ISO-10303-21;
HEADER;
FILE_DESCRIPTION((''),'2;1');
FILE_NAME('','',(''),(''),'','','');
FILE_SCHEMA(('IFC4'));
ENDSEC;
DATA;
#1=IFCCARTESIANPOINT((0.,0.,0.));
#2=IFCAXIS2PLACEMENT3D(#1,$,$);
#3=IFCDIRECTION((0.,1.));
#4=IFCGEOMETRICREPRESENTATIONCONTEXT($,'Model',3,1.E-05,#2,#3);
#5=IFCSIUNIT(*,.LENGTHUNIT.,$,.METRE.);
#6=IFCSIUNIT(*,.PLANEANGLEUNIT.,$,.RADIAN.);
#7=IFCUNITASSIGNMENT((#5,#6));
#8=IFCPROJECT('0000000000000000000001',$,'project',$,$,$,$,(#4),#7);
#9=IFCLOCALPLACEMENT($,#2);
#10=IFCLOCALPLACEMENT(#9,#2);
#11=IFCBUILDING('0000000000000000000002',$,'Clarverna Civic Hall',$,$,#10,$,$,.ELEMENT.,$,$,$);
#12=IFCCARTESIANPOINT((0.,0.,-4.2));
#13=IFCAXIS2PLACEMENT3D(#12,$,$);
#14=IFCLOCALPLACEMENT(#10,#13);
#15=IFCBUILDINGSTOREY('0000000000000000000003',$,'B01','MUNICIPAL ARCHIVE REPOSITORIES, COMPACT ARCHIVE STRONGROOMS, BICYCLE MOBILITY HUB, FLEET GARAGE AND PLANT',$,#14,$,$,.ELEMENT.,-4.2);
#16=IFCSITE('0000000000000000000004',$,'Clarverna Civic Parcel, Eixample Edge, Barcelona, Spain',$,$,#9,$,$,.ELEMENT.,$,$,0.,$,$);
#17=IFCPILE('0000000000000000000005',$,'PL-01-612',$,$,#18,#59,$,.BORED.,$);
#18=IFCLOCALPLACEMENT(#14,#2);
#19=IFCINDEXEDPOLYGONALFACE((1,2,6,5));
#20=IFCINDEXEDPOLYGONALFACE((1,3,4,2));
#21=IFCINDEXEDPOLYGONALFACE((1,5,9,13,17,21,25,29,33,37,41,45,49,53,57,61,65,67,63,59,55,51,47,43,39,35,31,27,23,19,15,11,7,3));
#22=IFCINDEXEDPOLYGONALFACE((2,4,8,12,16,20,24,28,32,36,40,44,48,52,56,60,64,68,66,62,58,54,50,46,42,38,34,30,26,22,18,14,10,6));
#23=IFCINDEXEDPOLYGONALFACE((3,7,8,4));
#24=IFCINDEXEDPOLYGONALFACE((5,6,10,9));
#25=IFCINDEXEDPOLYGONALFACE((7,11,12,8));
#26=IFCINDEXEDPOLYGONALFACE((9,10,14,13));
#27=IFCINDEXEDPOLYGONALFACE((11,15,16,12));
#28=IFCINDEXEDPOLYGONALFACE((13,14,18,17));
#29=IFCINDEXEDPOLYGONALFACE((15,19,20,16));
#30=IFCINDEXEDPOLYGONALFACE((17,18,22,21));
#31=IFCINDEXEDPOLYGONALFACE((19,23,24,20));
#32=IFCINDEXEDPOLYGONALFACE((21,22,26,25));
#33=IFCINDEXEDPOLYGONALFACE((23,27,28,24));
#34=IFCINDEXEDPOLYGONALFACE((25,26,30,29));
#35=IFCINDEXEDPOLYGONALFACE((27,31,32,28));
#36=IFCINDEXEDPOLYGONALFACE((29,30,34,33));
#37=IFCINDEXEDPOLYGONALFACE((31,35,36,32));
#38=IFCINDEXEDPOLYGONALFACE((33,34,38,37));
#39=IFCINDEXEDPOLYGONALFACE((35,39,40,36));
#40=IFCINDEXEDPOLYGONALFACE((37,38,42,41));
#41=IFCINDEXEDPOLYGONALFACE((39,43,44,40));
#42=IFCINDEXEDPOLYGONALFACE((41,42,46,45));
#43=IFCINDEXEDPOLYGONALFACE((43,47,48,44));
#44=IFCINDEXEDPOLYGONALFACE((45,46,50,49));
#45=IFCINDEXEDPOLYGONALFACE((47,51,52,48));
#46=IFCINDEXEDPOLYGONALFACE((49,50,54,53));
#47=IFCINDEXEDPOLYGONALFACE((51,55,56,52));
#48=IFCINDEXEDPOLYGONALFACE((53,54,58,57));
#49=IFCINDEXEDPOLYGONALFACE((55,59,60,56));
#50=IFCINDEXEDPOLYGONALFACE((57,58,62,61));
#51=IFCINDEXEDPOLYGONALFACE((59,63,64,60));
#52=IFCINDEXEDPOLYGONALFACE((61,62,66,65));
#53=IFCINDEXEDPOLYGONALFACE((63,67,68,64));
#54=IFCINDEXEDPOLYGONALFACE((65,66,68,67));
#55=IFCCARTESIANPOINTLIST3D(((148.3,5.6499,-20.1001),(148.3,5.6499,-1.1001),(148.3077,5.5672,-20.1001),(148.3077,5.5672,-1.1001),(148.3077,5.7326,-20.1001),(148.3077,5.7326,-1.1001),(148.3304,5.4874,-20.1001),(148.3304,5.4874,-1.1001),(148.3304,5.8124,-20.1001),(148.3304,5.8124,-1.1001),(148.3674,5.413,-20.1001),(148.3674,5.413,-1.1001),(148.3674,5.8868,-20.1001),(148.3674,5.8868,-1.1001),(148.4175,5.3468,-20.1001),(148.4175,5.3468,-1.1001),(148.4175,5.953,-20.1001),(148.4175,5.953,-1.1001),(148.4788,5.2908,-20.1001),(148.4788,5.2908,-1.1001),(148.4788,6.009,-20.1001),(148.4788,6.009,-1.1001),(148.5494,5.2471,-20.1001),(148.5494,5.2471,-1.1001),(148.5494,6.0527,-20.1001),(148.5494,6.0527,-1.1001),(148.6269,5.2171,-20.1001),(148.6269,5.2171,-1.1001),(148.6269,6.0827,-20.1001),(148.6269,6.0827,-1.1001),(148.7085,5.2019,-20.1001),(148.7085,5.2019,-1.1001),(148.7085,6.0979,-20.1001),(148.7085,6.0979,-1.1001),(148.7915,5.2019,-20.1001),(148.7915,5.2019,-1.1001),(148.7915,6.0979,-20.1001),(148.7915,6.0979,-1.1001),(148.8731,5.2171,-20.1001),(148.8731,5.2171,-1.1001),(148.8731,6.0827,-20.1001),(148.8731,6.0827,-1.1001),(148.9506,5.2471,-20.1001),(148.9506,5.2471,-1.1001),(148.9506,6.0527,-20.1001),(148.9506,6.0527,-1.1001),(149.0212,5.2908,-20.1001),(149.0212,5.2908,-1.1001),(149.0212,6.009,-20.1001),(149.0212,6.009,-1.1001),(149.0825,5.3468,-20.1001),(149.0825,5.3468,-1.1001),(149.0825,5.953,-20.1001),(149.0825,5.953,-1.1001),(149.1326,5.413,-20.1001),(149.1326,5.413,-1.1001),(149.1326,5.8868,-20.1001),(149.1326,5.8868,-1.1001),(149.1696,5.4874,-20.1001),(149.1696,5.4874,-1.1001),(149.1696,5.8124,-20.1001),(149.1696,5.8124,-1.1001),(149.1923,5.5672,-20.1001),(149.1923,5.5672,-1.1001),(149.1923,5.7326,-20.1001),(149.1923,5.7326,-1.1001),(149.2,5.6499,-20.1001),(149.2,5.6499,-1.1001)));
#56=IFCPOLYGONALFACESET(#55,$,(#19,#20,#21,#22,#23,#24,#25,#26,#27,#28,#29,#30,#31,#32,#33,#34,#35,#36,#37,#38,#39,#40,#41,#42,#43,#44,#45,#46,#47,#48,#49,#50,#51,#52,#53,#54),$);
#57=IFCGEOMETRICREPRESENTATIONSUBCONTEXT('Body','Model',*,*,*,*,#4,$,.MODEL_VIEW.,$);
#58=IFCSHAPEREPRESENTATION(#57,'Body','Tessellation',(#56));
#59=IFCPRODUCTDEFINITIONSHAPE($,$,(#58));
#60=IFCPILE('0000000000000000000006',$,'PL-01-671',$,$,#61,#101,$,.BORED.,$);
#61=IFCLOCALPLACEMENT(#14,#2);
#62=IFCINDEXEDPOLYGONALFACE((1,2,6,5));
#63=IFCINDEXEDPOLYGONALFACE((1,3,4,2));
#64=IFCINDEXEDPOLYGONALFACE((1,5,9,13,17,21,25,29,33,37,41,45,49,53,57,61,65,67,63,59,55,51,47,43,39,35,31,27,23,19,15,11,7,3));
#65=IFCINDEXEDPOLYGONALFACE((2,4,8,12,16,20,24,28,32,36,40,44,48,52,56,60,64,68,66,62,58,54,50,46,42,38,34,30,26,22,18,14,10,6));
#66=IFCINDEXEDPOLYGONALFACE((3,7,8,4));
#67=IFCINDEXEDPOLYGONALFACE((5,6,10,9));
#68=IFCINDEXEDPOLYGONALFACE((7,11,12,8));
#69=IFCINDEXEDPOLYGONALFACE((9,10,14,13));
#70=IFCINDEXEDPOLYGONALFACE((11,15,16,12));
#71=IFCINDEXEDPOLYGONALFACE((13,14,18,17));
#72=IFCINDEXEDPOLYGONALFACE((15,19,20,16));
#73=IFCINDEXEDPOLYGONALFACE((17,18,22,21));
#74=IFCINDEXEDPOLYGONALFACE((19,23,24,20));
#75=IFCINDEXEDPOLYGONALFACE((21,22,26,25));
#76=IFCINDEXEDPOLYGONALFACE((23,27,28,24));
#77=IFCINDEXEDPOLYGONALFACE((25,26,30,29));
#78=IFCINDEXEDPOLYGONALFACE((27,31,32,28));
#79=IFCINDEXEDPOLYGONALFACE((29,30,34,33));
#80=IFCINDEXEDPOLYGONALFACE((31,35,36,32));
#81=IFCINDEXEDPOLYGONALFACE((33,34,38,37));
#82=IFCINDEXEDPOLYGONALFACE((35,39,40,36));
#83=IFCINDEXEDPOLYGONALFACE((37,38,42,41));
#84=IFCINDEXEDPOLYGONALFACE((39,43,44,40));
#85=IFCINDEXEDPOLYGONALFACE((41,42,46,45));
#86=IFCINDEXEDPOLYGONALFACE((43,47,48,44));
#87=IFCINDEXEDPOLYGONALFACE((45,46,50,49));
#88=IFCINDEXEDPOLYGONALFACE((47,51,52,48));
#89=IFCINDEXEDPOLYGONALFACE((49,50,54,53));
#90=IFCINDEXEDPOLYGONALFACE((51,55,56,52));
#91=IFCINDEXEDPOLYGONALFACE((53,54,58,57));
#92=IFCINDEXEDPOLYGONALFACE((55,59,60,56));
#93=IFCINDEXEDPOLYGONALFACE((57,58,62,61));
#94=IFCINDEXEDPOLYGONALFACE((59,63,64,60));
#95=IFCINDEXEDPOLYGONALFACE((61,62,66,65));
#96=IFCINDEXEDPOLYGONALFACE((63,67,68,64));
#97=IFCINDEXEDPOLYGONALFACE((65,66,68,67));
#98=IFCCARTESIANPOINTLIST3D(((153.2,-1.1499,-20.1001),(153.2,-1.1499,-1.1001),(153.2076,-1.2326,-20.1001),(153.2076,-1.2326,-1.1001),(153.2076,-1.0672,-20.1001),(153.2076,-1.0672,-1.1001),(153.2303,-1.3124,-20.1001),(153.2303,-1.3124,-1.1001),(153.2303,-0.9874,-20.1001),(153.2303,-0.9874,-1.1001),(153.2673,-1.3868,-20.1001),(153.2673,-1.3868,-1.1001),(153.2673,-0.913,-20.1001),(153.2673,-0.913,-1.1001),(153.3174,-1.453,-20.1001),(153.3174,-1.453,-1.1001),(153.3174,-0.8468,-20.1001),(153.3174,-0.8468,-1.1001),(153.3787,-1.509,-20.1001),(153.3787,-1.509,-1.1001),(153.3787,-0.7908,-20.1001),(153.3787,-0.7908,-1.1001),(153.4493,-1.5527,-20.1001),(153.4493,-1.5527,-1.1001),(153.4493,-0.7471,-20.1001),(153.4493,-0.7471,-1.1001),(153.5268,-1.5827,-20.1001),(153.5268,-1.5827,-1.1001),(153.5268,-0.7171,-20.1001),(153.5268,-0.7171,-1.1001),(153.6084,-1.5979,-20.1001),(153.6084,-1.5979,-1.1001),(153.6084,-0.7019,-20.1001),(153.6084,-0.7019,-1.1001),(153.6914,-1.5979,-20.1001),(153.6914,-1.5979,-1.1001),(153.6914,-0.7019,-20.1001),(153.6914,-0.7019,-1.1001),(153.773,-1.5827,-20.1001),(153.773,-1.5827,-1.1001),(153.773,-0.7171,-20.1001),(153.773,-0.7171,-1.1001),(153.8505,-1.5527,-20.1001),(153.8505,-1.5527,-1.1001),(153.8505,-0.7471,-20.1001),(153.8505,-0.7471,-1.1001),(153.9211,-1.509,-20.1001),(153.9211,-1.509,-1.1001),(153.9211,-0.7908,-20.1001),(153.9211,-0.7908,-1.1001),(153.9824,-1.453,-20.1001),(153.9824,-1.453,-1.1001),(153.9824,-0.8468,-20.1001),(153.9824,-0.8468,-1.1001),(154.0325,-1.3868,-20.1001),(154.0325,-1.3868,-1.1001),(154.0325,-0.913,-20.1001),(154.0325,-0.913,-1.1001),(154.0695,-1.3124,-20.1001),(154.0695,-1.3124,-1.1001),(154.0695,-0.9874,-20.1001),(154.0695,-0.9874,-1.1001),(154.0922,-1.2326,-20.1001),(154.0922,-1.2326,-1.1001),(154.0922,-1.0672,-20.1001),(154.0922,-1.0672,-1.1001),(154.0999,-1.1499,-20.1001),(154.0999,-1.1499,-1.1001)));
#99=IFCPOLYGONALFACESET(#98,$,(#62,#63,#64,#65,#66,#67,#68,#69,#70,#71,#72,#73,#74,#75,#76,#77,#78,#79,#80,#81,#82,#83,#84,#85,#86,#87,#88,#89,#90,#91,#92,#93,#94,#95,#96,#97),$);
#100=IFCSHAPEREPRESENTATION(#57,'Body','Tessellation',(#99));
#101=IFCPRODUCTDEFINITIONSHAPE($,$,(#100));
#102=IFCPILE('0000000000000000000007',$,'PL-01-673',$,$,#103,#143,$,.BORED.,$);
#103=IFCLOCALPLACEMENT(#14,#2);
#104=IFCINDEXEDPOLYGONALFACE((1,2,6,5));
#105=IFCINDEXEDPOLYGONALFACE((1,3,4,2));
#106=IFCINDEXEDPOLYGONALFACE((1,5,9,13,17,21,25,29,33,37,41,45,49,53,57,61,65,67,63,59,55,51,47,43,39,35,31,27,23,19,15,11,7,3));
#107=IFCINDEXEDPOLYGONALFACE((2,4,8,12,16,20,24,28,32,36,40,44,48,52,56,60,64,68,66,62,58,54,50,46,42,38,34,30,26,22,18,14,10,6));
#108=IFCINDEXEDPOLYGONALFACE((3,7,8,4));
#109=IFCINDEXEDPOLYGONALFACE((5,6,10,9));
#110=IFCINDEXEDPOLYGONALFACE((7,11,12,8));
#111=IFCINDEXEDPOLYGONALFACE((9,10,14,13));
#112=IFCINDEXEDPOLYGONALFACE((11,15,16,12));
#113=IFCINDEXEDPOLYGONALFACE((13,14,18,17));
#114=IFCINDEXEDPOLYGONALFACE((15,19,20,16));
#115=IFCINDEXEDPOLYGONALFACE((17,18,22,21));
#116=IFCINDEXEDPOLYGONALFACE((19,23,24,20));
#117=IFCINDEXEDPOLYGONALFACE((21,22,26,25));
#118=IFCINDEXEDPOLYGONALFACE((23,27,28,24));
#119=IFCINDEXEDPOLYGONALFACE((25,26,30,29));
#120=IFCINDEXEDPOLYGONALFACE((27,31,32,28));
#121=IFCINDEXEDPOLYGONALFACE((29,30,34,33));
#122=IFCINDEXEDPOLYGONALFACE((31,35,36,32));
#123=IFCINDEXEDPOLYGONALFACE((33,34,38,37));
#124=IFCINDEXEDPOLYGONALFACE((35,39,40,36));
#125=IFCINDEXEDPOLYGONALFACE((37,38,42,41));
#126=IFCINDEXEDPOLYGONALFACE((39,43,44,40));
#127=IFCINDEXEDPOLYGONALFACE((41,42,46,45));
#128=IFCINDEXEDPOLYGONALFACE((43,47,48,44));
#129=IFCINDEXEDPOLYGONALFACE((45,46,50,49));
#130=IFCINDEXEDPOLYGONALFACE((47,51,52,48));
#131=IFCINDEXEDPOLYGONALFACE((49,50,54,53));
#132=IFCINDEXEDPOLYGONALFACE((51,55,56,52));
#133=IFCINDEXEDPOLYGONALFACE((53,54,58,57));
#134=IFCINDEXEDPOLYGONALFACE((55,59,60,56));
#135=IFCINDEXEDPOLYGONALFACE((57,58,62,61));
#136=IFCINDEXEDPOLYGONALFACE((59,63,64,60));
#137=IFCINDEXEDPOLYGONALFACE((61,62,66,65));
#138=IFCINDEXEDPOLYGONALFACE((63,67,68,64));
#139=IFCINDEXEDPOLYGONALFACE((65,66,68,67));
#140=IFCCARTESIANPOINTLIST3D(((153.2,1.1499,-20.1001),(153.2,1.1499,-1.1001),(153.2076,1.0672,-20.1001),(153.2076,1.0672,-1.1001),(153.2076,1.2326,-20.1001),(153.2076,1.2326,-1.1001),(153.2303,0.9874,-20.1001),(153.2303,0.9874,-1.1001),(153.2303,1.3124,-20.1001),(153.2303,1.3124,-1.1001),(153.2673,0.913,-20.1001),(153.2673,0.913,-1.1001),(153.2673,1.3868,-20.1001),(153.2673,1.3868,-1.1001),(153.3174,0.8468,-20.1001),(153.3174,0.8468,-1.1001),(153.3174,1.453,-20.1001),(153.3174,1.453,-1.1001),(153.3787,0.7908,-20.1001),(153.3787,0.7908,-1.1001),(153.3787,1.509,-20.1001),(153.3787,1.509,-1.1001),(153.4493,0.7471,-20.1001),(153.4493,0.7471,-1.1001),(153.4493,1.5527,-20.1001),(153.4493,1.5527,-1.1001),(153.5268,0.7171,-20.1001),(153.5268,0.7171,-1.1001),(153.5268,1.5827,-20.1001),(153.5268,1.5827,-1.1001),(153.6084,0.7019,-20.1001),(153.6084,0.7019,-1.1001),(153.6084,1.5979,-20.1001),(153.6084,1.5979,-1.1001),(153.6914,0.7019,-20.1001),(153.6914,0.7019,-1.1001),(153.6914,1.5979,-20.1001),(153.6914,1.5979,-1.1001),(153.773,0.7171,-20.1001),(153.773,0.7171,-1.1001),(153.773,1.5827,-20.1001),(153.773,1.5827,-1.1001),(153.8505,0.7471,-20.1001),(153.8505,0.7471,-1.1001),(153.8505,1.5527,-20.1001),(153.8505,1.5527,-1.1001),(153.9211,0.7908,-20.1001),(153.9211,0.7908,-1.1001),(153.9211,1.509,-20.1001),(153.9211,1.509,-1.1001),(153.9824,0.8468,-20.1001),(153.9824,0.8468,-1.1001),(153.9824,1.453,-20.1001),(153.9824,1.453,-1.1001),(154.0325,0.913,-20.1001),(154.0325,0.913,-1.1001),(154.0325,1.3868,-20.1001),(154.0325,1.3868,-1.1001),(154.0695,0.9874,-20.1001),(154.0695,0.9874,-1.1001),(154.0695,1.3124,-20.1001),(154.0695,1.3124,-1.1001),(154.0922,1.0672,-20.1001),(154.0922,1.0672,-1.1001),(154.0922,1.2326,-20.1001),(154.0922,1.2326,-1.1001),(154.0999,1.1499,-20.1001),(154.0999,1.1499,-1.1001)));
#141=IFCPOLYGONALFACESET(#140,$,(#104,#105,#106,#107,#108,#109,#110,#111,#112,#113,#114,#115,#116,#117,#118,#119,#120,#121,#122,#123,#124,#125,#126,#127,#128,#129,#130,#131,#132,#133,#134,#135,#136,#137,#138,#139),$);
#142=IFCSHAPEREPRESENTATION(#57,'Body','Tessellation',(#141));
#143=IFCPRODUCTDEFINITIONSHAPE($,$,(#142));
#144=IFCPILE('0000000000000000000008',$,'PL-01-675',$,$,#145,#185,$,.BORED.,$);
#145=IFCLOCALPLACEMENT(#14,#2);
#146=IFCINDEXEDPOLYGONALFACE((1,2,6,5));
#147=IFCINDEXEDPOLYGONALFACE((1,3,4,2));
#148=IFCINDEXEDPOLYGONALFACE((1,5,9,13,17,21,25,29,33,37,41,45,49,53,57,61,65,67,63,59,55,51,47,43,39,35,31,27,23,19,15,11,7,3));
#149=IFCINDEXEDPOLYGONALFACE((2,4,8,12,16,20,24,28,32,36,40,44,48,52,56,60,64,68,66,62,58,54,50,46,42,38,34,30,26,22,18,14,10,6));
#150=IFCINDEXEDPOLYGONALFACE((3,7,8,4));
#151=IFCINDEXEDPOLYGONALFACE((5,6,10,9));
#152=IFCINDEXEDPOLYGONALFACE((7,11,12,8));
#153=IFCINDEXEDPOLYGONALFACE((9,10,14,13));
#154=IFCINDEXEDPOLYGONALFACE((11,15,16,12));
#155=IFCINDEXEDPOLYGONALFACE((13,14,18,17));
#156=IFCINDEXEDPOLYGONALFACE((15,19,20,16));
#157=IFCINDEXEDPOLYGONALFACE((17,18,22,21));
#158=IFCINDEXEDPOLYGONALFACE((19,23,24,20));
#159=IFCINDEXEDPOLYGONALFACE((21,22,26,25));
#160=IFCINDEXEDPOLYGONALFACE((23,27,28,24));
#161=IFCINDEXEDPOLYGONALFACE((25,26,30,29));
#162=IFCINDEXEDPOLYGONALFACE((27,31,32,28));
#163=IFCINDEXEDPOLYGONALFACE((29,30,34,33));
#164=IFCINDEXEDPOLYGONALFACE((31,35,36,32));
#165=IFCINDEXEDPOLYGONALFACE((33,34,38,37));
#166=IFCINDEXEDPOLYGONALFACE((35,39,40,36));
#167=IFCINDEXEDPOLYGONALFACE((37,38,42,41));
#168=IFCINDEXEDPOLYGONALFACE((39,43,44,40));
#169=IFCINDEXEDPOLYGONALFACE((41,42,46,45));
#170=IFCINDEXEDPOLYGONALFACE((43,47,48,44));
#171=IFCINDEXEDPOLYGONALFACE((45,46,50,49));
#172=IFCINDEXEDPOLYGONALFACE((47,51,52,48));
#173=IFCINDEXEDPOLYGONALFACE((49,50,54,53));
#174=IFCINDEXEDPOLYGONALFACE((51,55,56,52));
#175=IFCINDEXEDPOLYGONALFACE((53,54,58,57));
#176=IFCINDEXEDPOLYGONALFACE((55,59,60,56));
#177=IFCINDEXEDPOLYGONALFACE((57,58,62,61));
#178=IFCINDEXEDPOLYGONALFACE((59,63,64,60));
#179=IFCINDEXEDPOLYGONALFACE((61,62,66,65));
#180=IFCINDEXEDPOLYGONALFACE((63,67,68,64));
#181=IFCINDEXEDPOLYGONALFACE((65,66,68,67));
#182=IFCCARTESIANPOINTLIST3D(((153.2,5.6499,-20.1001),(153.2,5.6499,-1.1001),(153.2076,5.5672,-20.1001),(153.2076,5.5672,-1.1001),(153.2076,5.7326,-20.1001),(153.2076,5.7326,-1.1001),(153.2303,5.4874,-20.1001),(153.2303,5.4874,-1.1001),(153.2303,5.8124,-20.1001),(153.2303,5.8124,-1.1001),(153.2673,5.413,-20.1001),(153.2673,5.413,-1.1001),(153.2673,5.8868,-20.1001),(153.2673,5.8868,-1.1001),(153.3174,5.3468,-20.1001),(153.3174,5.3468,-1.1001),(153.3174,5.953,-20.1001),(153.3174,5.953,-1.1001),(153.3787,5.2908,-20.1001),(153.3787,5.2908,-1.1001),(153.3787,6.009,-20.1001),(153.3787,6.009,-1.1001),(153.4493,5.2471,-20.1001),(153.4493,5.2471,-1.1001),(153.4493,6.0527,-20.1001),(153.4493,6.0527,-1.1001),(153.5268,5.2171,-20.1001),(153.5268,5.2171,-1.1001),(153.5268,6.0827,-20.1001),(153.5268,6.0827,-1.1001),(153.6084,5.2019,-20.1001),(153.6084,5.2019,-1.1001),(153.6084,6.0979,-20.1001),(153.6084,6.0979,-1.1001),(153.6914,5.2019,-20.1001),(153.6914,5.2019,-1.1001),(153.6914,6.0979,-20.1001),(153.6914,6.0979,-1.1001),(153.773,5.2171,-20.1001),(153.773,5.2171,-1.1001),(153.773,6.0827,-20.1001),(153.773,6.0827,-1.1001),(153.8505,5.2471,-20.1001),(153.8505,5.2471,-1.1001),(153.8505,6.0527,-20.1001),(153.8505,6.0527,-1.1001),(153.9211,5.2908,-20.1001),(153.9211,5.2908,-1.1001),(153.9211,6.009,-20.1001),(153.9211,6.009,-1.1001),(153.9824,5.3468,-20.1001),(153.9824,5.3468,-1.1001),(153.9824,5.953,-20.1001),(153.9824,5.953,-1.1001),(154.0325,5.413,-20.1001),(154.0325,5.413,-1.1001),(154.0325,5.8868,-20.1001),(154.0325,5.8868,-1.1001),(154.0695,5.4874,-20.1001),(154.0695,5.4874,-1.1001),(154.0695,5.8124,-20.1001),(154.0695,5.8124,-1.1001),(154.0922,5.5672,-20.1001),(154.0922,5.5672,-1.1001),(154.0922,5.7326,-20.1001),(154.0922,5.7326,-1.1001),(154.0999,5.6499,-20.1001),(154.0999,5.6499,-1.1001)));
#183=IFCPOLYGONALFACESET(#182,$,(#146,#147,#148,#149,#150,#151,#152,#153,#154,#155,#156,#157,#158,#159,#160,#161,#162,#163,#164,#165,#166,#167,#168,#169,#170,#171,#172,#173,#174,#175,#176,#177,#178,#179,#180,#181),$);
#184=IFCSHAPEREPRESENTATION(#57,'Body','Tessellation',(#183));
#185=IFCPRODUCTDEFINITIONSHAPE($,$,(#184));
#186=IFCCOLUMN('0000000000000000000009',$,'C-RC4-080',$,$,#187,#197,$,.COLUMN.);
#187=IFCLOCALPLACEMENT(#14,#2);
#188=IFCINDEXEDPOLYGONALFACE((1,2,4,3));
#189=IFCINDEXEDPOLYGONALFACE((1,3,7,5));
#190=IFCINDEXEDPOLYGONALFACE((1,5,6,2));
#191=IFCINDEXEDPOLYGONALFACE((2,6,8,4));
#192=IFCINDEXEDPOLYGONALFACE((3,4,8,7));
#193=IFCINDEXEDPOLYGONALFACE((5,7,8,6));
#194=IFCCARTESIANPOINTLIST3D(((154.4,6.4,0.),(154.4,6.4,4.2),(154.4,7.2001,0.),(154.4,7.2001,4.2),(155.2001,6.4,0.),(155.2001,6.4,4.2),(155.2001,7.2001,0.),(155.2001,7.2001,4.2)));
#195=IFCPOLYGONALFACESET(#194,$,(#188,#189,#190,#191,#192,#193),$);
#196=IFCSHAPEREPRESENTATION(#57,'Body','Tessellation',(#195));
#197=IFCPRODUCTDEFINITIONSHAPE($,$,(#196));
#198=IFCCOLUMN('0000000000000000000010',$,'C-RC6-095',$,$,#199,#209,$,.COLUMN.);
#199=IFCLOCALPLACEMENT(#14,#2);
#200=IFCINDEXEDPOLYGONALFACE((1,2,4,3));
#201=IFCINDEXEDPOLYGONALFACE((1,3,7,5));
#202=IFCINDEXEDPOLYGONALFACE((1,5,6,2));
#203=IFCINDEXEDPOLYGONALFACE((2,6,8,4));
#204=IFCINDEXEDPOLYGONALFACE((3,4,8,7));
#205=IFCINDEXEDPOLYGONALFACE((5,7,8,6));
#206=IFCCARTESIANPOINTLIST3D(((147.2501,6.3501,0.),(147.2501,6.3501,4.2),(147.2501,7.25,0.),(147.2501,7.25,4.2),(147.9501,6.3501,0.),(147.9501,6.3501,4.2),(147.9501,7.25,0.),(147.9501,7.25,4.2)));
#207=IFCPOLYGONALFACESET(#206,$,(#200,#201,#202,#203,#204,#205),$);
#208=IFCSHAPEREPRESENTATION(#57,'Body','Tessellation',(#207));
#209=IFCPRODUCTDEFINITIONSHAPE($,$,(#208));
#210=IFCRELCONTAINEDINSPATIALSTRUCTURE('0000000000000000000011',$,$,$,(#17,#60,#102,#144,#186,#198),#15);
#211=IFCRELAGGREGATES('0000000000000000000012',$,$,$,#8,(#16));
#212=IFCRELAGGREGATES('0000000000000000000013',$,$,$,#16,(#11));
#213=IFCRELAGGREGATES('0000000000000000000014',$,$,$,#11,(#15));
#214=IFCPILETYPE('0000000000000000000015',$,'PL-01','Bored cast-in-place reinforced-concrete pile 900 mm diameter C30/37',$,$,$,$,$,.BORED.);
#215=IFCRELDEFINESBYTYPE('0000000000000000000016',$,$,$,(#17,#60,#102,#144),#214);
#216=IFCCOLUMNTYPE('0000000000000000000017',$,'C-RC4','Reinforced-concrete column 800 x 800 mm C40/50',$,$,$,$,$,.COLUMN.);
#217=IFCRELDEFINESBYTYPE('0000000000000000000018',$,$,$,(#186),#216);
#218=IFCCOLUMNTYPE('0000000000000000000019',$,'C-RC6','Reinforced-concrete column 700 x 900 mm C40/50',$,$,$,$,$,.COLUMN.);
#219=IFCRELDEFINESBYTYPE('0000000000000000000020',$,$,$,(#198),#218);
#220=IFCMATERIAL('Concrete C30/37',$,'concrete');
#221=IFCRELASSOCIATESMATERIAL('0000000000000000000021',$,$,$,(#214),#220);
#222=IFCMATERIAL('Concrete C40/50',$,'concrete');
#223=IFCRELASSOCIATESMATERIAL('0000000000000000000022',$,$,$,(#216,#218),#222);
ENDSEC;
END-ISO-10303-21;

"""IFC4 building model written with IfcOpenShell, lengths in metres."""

from ifc_helpers import new_model, si_unit, direction, frame, origin, origin_2d, place, context, subcontext, project, spatial, rectangle, circle, extrude, material, material_profile, profile_set, type_object, element, save


model = new_model("IFC4")

# Units and contexts
model_context = context("Model", 3, precision=1e-05, world=origin(), true_north=direction((0.0, 1.0)))
body_context = subcontext(model_context, "Body", "Model", "MODEL_VIEW")
ifc_project = project(units=[si_unit("LENGTHUNIT", "METRE"), si_unit("PLANEANGLEUNIT", "RADIAN")], contexts=[model_context])

# Site, building, storey
site_placement = place(None, origin())
site = spatial("IfcSite", under=ifc_project, at=site_placement, Name="Clarverna Civic Parcel, Eixample Edge, Barcelona, Spain", CompositionType="ELEMENT", RefElevation=0.0)
building_placement = place(site_placement, origin())
building = spatial("IfcBuilding", under=site, at=building_placement, Name="Clarverna Civic Hall", CompositionType="ELEMENT")
storey_placement = place(building_placement, frame((0.0, 0.0, -4.2)))
storey = spatial("IfcBuildingStorey", under=building, at=storey_placement, Name="B01", Description="MUNICIPAL ARCHIVE REPOSITORIES, COMPACT ARCHIVE STRONGROOMS, BICYCLE MOBILITY HUB, FLEET GARAGE AND PLANT", CompositionType="ELEMENT", Elevation=-4.2)

# Shared definitions
ifc_material_1 = material(Name="Concrete C30/37", Category="concrete")

# Piles
ifc_material_profile_1 = material_profile(ifc_material_1, circle(Radius=0.45, at=origin_2d()), Name="BORED PILE D900")
ifc_profile_set_1 = profile_set([ifc_material_profile_1], Name="Concrete C30/37")
pile_type = type_object("IfcPileType", Name="PL-01", Description="Bored cast-in-place reinforced-concrete pile 900 mm diameter C30/37", PredefinedType="BORED", material=ifc_profile_set_1)
for number, where, z_axis, x_axis, name in (
    (1, (148.75, 5.6499, -1.1001), (0.0, 0.0, -1.0), (1.0, 0.0, 0.0), "PL-01-612"),
    (2, (153.6499, -1.1499, -1.1001), (0.0, 0.0, -1.0), (1.0, 0.0, 0.0), "PL-01-671"),
    (3, (153.6499, 1.1499, -1.1001), (0.0, 0.0, -1.0), (1.0, 0.0, 0.0), "PL-01-673"),
    (4, (153.6499, 5.6499, -1.1001), (0.0, 0.0, -1.0), (1.0, 0.0, 0.0), "PL-01-675"),
):
    element("IfcPile", number, at=place(storey_placement, frame(where, z_axis=z_axis, x_axis=x_axis)), inside=storey, type_object=pile_type, Name=name, PredefinedType="BORED", context=body_context, shape_type="SweptSolid", body=[
        extrude(circle(Radius=0.45, at=origin_2d()), origin(), (0.0, 0.0, 1.0), 19.0),
    ])

# Columns
ifc_material_2 = material(Name="Concrete C40/50", Category="concrete")
ifc_material_profile_2 = material_profile(ifc_material_2, rectangle(XDim=0.8, YDim=0.8, at=origin_2d()), Name="RC 800x800")
ifc_profile_set_2 = profile_set([ifc_material_profile_2], Name="Concrete C40/50")
column_type_1 = type_object("IfcColumnType", Name="C-RC4", Description="Reinforced-concrete column 800 x 800 mm C40/50", PredefinedType="COLUMN", material=ifc_profile_set_2)
column_placement = place(storey_placement, frame((154.8, 6.8, 0.0), z_axis=(0.0, 0.0, 1.0), x_axis=(1.0, 0.0, 0.0)))
element("IfcColumn", 5, at=column_placement, inside=storey, type_object=column_type_1, Name="C-RC4-080", PredefinedType="COLUMN", context=body_context, shape_type="SweptSolid", body=[
    extrude(rectangle(XDim=0.8, YDim=0.8, at=origin_2d()), origin(), (0.0, 0.0, 1.0), 4.2),
])
ifc_material_profile_3 = material_profile(ifc_material_2, rectangle(XDim=0.7, YDim=0.8999, at=origin_2d()), Name="RC 700x900")
ifc_profile_set_3 = profile_set([ifc_material_profile_3], Name="Concrete C40/50")
column_type_2 = type_object("IfcColumnType", Name="C-RC6", Description="Reinforced-concrete column 700 x 900 mm C40/50", PredefinedType="COLUMN", material=ifc_profile_set_3)
for number, where, z_axis, x_axis, name in (
    (6, (147.6001, 6.8, 0.0), (0.0, 0.0, 1.0), (1.0, 0.0, 0.0), "C-RC6-095"),
):
    element("IfcColumn", number, at=place(storey_placement, frame(where, z_axis=z_axis, x_axis=x_axis)), inside=storey, type_object=column_type_2, Name=name, PredefinedType="COLUMN", context=body_context, shape_type="SweptSolid", body=[
        extrude(rectangle(XDim=0.7, YDim=0.8999, at=origin_2d()), origin(), (0.0, 0.0, 1.0), 4.2),
    ])

save(model, "model.ifc")
